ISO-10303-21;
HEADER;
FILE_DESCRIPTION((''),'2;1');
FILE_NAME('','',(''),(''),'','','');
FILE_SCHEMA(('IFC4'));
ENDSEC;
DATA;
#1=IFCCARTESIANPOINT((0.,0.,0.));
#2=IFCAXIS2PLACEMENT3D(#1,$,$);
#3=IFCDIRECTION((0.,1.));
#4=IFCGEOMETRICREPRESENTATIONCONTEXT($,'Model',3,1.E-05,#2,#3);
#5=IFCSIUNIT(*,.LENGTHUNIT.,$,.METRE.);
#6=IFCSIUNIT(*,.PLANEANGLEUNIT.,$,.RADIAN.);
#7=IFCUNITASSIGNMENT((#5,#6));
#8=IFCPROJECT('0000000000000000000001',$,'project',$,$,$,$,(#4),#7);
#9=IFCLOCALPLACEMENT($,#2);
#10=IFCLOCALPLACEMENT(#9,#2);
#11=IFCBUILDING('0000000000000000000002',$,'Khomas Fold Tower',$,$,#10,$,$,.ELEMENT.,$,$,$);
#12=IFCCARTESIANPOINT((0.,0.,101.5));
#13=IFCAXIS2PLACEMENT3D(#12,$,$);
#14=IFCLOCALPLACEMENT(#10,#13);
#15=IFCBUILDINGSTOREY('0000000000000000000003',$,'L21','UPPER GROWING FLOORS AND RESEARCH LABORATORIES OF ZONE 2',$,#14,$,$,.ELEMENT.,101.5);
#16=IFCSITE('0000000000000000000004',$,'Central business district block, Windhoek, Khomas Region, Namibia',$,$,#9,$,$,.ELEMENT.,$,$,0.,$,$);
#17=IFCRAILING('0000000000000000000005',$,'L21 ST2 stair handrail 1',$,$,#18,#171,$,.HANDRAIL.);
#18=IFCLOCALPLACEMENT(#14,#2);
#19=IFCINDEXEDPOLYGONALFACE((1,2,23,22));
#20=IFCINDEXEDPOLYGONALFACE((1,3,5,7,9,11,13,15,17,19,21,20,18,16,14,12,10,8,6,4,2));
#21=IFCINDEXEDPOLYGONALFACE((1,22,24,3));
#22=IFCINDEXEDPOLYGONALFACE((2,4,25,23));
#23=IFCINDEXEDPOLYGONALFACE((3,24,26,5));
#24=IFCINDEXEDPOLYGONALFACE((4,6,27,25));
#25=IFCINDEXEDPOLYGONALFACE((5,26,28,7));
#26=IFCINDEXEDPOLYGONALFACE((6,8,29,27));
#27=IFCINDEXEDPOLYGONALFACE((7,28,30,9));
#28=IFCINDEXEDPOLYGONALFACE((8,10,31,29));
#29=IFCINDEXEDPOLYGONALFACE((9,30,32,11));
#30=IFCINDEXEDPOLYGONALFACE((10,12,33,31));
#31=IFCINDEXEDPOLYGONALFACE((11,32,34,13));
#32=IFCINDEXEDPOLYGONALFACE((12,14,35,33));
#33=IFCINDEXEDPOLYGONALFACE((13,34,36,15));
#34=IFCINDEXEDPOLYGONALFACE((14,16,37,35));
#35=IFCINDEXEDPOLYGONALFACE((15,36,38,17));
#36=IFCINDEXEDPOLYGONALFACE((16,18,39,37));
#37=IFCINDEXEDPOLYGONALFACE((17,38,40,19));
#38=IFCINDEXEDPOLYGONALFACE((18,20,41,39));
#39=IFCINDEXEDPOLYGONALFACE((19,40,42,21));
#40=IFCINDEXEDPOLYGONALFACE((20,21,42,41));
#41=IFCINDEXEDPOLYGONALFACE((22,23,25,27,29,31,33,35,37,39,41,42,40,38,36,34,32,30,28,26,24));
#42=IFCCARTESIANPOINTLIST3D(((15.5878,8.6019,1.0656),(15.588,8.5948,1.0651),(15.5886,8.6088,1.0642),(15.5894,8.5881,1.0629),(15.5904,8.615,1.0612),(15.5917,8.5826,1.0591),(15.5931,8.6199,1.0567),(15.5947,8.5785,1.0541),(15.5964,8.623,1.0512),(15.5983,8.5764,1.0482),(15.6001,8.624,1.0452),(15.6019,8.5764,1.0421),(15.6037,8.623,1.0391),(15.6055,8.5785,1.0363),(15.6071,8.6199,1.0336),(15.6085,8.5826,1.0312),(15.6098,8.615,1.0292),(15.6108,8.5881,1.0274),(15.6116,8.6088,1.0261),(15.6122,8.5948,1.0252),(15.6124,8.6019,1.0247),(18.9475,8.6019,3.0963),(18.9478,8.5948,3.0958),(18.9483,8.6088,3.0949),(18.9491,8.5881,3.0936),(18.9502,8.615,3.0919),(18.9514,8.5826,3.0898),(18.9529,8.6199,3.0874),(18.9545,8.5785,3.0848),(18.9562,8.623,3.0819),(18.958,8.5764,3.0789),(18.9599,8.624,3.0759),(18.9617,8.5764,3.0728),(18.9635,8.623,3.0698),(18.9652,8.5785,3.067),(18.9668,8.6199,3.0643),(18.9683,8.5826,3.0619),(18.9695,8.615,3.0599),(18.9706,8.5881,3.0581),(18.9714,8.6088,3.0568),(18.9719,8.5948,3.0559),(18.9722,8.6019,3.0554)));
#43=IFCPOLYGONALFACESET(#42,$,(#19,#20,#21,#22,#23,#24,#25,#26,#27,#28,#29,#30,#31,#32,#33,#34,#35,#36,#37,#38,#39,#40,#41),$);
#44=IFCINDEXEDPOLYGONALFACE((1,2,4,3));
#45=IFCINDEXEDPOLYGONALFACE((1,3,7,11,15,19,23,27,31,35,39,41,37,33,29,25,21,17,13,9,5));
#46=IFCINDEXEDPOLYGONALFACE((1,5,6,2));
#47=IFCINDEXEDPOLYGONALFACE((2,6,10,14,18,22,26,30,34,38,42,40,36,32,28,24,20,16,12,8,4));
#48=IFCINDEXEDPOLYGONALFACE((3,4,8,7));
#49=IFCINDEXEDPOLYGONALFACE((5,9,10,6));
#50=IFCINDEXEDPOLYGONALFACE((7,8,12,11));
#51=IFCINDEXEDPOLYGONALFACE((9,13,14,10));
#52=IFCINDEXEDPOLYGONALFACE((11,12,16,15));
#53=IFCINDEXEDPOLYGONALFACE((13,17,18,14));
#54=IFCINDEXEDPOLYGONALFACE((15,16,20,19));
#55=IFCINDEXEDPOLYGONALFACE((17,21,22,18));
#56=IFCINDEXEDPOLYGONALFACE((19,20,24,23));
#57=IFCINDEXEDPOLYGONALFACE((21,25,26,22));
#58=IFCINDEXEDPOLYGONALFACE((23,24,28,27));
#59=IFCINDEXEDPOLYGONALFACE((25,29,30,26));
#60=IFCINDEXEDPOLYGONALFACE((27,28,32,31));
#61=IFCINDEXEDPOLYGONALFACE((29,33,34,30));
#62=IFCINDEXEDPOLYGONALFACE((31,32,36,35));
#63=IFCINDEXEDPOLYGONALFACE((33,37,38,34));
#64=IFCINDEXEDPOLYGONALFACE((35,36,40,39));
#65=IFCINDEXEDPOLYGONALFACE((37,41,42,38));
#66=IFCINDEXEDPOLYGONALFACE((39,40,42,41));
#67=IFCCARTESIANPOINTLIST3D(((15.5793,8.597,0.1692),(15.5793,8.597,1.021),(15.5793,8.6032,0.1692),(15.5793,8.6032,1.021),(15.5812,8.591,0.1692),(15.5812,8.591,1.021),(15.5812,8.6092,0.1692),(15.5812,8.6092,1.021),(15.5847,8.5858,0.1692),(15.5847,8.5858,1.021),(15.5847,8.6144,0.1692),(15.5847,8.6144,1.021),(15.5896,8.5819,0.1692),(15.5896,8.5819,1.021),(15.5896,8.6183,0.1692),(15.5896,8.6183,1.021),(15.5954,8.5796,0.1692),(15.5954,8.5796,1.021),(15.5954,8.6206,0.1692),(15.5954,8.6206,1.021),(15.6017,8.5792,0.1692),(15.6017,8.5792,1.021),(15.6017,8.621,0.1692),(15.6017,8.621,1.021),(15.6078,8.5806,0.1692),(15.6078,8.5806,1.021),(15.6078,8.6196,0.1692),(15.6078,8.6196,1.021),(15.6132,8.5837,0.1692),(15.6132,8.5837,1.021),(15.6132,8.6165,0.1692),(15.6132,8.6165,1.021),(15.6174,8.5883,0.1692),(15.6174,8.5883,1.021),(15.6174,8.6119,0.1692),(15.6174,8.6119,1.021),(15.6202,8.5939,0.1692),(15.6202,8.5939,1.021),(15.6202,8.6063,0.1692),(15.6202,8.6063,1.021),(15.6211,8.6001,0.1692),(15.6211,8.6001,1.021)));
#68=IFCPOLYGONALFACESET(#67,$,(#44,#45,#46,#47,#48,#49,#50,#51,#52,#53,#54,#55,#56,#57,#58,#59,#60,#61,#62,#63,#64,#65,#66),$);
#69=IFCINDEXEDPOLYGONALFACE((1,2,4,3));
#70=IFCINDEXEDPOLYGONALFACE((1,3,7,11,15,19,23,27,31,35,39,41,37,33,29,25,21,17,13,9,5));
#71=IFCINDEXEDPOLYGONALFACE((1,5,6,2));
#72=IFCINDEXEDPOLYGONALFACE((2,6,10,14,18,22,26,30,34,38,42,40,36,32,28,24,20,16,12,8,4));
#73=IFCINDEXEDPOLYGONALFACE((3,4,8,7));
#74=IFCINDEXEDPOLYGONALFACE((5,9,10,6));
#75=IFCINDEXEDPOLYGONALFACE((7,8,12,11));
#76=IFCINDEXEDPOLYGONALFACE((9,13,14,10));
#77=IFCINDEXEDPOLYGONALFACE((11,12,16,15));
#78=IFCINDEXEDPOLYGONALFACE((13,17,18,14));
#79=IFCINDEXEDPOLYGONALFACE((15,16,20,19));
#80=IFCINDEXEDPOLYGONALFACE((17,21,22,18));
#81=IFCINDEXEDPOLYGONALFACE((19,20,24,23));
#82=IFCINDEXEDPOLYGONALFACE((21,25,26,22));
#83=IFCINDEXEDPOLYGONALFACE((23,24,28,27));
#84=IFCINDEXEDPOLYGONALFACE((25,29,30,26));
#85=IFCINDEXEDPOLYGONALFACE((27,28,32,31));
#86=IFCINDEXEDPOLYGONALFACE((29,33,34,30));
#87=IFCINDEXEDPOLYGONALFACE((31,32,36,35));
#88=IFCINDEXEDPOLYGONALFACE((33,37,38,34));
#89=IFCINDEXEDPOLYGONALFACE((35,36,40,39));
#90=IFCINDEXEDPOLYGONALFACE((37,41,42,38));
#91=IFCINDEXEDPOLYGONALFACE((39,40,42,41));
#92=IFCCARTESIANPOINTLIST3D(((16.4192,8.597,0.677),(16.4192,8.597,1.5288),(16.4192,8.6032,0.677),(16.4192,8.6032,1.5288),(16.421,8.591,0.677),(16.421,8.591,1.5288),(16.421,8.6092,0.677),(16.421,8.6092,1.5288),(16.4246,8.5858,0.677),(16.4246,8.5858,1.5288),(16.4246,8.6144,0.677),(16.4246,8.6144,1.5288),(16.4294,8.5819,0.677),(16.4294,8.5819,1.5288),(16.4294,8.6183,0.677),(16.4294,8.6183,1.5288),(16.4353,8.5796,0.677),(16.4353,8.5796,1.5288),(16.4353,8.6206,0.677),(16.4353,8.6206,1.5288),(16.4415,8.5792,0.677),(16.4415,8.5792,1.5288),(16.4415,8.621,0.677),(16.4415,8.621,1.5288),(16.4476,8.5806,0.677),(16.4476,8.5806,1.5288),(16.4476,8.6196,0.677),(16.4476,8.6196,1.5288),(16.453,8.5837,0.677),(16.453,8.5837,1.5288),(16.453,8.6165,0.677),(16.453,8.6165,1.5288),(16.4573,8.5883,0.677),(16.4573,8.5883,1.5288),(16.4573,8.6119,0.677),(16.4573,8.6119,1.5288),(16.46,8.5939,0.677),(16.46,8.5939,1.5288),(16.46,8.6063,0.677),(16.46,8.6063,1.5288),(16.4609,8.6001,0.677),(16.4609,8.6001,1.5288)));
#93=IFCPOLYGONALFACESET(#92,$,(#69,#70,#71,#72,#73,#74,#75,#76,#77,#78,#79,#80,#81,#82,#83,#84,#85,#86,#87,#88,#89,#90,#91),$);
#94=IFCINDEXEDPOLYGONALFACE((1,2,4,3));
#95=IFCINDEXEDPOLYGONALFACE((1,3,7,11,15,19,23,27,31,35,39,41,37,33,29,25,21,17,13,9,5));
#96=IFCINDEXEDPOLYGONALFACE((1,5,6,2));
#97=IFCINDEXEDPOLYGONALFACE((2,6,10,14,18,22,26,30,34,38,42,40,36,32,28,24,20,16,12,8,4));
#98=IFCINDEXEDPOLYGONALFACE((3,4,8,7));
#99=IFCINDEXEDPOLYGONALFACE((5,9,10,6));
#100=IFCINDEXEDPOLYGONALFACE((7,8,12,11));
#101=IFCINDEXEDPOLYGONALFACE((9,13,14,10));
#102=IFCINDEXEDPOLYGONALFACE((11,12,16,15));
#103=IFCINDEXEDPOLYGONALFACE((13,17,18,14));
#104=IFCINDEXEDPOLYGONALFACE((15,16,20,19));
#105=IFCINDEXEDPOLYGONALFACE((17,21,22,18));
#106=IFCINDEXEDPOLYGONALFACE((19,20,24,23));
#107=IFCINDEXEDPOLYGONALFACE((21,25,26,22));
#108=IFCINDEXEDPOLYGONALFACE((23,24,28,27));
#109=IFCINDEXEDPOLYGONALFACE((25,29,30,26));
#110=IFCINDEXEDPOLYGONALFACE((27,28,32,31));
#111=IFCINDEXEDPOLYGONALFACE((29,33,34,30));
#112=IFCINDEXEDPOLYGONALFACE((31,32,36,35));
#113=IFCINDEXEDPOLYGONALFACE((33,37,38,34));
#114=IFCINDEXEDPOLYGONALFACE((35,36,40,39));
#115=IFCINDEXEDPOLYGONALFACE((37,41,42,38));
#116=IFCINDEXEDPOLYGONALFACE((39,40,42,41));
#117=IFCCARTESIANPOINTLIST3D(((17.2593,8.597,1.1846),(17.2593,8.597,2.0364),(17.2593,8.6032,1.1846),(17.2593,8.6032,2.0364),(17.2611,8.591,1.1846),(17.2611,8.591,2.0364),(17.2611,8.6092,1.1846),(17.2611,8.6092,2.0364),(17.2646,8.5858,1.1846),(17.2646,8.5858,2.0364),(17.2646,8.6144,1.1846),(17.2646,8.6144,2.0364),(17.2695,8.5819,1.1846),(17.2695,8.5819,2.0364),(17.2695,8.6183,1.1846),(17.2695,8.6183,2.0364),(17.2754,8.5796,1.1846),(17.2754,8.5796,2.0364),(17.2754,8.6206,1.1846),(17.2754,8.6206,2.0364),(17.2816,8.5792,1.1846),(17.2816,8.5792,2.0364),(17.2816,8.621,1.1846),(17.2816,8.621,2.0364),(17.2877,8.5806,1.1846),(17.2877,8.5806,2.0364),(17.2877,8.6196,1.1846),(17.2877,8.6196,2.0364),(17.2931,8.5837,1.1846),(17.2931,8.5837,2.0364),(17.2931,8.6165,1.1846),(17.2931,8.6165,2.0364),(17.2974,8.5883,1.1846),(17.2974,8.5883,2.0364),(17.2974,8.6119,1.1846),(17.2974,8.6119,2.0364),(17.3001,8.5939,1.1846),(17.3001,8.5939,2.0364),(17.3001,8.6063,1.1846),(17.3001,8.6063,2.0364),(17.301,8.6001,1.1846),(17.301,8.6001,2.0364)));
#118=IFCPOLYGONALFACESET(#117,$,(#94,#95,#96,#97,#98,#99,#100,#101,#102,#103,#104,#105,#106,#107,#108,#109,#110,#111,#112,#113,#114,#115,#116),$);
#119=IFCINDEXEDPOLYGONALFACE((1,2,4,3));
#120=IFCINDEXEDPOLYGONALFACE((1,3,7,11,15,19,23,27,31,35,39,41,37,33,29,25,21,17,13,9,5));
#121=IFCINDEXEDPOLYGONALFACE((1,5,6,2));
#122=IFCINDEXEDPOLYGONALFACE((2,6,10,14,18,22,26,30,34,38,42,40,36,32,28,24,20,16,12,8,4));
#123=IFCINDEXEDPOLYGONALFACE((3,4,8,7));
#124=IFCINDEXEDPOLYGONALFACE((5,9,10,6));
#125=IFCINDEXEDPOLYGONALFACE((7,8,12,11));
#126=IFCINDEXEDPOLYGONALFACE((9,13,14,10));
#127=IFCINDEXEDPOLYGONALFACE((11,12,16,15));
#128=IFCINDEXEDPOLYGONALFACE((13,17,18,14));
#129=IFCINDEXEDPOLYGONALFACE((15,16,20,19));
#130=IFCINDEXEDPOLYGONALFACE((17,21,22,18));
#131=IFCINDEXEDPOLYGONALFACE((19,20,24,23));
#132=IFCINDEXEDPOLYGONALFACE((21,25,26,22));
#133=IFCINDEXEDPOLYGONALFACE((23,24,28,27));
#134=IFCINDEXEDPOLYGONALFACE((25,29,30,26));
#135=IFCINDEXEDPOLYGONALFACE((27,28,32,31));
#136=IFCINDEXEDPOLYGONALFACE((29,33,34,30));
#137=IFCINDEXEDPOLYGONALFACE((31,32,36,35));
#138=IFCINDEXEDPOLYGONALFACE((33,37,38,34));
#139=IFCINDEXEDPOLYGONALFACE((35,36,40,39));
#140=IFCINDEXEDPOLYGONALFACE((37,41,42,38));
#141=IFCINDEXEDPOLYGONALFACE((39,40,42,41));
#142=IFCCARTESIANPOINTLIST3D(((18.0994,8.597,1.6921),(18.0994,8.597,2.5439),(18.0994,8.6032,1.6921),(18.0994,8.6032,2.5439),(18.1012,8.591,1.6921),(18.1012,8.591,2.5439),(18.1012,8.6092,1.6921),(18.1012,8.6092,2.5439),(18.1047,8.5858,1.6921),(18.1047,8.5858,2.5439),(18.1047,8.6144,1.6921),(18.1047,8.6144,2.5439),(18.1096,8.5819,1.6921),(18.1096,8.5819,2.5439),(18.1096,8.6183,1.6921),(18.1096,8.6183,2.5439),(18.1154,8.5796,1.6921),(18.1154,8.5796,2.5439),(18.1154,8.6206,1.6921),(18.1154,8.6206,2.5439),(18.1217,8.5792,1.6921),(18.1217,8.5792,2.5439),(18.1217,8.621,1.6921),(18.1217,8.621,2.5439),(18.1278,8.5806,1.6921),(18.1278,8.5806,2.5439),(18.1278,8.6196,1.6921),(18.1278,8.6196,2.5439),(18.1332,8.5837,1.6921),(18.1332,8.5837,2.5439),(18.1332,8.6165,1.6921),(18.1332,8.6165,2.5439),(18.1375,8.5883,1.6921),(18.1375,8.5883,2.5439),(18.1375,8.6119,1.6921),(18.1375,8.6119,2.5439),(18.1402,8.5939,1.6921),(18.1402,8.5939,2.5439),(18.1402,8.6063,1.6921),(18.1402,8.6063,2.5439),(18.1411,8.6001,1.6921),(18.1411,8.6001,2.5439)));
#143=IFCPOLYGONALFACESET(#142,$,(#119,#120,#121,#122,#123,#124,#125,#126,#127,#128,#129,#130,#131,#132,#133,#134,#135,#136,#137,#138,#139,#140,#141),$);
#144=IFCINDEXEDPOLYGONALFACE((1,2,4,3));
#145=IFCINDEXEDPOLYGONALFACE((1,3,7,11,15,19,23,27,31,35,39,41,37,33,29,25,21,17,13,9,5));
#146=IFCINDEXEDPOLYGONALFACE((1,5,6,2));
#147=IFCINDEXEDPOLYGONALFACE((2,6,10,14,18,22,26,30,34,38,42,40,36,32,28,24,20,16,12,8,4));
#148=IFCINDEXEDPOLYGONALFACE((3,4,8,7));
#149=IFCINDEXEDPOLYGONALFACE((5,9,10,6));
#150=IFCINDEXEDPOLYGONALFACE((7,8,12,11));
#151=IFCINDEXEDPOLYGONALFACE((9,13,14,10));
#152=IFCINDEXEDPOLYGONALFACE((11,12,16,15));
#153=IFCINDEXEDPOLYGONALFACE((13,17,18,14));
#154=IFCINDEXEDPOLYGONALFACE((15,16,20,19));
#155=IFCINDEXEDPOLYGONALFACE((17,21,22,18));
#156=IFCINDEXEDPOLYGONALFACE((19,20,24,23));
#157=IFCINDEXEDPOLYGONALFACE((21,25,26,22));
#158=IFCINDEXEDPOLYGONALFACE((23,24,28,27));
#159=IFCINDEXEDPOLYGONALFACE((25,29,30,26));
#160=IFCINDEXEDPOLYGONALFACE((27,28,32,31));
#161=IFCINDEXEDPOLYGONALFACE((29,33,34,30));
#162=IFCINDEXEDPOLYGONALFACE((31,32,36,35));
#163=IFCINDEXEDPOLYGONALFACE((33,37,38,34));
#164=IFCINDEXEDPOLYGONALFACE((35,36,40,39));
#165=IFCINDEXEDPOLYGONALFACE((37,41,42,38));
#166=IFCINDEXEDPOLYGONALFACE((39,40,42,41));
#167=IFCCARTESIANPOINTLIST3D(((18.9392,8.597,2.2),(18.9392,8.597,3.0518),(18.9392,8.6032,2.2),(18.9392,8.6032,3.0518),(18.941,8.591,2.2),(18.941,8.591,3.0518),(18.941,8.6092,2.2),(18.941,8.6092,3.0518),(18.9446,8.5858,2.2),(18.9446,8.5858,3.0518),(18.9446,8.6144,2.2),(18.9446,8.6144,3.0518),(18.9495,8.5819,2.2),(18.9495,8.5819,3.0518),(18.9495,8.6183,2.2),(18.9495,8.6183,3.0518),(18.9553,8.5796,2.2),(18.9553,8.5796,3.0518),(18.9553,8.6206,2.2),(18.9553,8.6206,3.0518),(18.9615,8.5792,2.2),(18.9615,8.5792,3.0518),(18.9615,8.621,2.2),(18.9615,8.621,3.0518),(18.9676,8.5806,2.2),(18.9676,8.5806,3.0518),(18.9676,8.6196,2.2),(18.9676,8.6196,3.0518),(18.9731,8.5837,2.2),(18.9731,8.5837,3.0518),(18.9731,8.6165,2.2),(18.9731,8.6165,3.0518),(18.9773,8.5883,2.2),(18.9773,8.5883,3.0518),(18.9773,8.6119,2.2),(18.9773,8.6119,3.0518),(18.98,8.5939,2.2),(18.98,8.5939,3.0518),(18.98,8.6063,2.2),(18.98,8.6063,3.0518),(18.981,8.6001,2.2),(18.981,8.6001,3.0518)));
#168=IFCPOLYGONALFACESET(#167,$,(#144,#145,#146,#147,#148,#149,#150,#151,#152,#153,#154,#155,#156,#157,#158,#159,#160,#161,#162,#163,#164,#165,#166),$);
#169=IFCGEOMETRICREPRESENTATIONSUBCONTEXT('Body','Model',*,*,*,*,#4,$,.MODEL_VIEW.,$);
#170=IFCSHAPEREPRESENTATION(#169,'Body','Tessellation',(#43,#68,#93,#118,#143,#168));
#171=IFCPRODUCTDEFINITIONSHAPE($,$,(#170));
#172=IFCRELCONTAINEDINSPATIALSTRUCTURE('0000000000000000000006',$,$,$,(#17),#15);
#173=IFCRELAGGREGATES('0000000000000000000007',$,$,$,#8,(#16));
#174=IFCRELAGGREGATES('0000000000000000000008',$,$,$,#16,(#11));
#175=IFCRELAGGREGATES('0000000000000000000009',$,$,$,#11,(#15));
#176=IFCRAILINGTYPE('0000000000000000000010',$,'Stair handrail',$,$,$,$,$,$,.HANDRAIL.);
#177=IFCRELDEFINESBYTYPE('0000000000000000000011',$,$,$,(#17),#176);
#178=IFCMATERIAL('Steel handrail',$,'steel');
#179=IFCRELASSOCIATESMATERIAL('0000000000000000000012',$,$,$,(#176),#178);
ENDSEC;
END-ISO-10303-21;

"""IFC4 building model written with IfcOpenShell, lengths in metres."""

from ifc_helpers import new_model, si_unit, direction, frame, origin, origin_2d, place, context, subcontext, project, spatial, circle, extrude, source, transform, mapped, material, type_object, element, save


model = new_model("IFC4")

# Units and contexts
model_context = context("Model", 3, precision=1e-05, world=origin(), true_north=direction((0.0, 1.0)))
body_context = subcontext(model_context, "Body", "Model", "MODEL_VIEW")
ifc_project = project(units=[si_unit("LENGTHUNIT", "METRE"), si_unit("PLANEANGLEUNIT", "RADIAN")], contexts=[model_context])

# Site, building, storey
site_placement = place(None, origin())
site = spatial("IfcSite", under=ifc_project, at=site_placement, Name="Central business district block, Windhoek, Khomas Region, Namibia", CompositionType="ELEMENT", RefElevation=0.0)
building_placement = place(site_placement, origin())
building = spatial("IfcBuilding", under=site, at=building_placement, Name="Khomas Fold Tower", CompositionType="ELEMENT")
storey_placement = place(building_placement, frame((0.0, 0.0, 101.5)))
storey = spatial("IfcBuildingStorey", under=building, at=storey_placement, Name="L21", Description="UPPER GROWING FLOORS AND RESEARCH LABORATORIES OF ZONE 2", CompositionType="ELEMENT", Elevation=101.5)

# Railing
ifc_material_1 = material(Name="Steel handrail", Category="steel")
railing_type_1 = type_object("IfcRailingType", Name="Stair handrail", PredefinedType="HANDRAIL", material=ifc_material_1)
shared_shape_1 = source(origin(), body_context, "Body", "SweptSolid", [
    extrude(circle(Radius=0.0239, at=origin_2d()), frame((0.0, 0.0, 0.876), z_axis=(0.85582, 0.0, 0.517273), x_axis=(0.0, 1.0, 0.0)), (0.0, 0.0, 1.0), 3.9258),
    extrude(circle(Radius=0.021, at=origin_2d()), origin(), (0.0, 0.0, 1.0), 0.8518),
    extrude(circle(Radius=0.021, at=origin_2d()), frame((0.8398, 0.0, 0.5078)), (0.0, 0.0, 1.0), 0.8518),
    extrude(circle(Radius=0.021, at=origin_2d()), frame((1.6799, 0.0, 1.0154)), (0.0, 0.0, 1.0), 0.8518),
    extrude(circle(Radius=0.021, at=origin_2d()), frame((2.52, 0.0, 1.5229)), (0.0, 0.0, 1.0), 0.8518),
    extrude(circle(Radius=0.021, at=origin_2d()), frame((3.3599, 0.0, 2.0308)), (0.0, 0.0, 1.0), 0.8518),
])
railing_1_placement = place(storey_placement, frame((15.6001, 8.6001, 0.1692)))
element("IfcRailing", 1, at=railing_1_placement, inside=storey, type_object=railing_type_1, Name="L21 ST2 stair handrail 1", PredefinedType="HANDRAIL", context=body_context, shape_type="MappedRepresentation", body=[
    mapped(shared_shape_1, transform((0.0, 0.0, 0.0))),
])

save(model, "model.ifc")
